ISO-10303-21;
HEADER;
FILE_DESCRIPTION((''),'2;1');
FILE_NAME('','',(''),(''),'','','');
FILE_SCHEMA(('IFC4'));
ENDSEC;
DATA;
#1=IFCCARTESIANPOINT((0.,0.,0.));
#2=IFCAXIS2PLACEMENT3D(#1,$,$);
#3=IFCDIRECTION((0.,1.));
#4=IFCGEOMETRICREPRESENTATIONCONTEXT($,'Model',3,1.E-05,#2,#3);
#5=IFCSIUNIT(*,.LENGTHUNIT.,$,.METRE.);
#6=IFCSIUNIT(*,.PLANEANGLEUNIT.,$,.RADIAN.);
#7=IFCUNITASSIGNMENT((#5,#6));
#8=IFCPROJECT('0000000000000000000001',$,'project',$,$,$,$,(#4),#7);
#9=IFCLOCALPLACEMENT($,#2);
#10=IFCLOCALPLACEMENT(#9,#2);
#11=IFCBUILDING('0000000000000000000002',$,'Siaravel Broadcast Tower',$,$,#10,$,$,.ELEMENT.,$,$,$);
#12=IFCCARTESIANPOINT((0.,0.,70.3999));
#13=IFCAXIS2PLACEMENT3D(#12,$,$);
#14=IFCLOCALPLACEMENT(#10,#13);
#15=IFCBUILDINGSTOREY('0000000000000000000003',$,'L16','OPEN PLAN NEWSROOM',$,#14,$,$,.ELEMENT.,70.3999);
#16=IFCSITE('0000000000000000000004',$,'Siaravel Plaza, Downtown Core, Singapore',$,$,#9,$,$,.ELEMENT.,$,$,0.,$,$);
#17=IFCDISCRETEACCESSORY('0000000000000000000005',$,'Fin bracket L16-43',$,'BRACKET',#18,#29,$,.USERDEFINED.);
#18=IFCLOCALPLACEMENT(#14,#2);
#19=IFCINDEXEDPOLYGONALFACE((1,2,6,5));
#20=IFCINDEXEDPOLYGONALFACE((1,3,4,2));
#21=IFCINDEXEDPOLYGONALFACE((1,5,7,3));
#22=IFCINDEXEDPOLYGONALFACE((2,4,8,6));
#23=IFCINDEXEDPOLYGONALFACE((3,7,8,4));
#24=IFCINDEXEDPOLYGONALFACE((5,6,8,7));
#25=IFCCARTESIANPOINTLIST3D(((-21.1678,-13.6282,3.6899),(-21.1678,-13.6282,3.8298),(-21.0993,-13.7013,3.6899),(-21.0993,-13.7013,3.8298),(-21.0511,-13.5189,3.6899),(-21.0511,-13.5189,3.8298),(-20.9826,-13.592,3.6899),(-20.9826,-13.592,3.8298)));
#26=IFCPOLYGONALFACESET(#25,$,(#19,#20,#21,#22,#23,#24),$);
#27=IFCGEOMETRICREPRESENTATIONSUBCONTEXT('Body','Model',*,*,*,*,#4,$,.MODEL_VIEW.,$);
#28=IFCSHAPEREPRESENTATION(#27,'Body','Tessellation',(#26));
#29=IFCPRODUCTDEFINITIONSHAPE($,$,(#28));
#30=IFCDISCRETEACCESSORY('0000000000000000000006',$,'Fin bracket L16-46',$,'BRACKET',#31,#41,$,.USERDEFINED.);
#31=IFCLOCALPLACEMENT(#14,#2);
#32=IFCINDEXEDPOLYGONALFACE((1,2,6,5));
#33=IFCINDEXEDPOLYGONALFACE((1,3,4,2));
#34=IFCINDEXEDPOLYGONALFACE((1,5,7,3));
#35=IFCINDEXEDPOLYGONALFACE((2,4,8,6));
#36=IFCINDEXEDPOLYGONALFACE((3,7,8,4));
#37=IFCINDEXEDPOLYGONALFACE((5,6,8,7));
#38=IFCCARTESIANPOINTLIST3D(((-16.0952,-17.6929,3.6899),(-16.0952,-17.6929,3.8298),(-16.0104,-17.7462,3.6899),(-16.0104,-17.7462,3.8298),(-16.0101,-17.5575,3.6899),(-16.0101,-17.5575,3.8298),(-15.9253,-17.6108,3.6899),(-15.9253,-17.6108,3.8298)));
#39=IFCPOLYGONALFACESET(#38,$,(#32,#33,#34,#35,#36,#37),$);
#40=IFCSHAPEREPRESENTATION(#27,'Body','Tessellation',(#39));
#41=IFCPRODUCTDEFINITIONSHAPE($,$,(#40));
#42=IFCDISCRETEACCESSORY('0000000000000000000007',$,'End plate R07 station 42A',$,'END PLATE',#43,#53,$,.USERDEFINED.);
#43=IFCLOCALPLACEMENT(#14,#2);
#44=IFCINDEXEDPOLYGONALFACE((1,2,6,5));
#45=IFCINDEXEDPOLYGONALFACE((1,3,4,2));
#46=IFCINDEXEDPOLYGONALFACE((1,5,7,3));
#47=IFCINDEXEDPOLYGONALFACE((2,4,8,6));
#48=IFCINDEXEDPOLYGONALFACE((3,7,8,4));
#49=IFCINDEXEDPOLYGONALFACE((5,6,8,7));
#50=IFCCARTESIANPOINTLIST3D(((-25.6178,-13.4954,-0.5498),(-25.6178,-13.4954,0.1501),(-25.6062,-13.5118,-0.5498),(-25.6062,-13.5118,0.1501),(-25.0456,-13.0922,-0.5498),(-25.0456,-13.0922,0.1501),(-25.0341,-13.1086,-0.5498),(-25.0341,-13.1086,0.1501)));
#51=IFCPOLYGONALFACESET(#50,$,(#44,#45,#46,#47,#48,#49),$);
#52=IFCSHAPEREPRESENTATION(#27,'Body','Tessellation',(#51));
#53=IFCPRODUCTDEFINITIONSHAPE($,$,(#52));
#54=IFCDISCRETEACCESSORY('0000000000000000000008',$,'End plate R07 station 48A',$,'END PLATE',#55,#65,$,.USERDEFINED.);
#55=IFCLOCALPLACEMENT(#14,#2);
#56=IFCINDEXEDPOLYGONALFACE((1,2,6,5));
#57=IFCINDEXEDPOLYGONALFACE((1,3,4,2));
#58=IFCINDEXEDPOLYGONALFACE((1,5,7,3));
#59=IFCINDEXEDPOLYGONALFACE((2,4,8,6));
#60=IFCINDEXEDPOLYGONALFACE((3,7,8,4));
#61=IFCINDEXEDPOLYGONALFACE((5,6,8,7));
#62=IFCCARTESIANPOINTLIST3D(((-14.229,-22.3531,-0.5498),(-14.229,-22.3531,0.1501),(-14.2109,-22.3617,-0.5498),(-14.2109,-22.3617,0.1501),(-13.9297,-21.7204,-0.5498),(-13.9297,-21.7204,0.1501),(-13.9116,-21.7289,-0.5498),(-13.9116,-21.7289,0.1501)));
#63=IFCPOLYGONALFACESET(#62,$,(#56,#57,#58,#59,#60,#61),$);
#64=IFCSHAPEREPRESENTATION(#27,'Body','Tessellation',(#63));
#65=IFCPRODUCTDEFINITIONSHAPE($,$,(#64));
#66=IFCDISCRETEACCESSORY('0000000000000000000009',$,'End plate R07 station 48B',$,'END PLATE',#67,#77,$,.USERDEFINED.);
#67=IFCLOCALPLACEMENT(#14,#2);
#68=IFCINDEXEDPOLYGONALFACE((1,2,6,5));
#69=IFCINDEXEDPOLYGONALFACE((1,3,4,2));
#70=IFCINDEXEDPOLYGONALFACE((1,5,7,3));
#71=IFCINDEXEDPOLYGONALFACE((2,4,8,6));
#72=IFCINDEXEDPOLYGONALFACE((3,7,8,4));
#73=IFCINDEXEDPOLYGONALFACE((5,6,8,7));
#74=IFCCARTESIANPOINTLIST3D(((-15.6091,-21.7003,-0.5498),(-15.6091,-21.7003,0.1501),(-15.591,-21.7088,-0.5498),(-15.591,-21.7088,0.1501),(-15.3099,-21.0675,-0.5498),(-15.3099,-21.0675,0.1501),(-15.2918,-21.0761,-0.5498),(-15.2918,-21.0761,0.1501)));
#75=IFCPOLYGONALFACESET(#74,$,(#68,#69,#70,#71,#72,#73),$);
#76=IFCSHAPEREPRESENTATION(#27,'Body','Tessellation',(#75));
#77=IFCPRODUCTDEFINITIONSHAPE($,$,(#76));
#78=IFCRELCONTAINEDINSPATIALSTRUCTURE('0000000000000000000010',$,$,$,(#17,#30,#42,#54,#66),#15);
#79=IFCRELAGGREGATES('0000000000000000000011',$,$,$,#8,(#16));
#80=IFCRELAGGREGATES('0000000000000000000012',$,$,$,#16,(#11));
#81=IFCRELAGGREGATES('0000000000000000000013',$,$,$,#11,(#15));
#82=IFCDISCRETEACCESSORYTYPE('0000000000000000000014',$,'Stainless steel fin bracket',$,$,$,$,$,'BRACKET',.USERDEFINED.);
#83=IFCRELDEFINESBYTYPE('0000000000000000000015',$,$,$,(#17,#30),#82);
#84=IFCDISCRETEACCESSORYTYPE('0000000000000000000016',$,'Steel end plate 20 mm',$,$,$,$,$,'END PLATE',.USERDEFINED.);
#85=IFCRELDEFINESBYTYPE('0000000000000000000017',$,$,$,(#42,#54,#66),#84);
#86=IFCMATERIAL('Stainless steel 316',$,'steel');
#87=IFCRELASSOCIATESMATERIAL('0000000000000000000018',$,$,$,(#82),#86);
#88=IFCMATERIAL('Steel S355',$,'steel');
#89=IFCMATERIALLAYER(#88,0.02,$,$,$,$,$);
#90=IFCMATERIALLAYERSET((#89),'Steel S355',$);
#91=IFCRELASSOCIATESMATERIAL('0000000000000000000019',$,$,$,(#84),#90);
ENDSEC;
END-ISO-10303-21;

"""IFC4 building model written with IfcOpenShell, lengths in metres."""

from ifc_helpers import new_model, si_unit, direction, frame, origin, origin_2d, place, context, subcontext, project, spatial, rectangle, extrude, material, layer, layer_set, type_object, element, save


model = new_model("IFC4")

# Units and contexts
model_context = context("Model", 3, precision=1e-05, world=origin(), true_north=direction((0.0, 1.0)))
body_context = subcontext(model_context, "Body", "Model", "MODEL_VIEW")
ifc_project = project(units=[si_unit("LENGTHUNIT", "METRE"), si_unit("PLANEANGLEUNIT", "RADIAN")], contexts=[model_context])

# Site, building, storey
site_placement = place(None, origin())
site = spatial("IfcSite", under=ifc_project, at=site_placement, Name="Siaravel Plaza, Downtown Core, Singapore", CompositionType="ELEMENT", RefElevation=0.0)
building_placement = place(site_placement, origin())
building = spatial("IfcBuilding", under=site, at=building_placement, Name="Siaravel Broadcast Tower", CompositionType="ELEMENT")
storey_placement = place(building_placement, frame((0.0, 0.0, 70.3999)))
storey = spatial("IfcBuildingStorey", under=building, at=storey_placement, Name="L16", Description="OPEN PLAN NEWSROOM", CompositionType="ELEMENT", Elevation=70.3999)

# Shared definitions
ifc_material_1 = material(Name="Steel S355", Category="steel")

# Discrete accessories
ifc_material_2 = material(Name="Stainless steel 316", Category="steel")
discrete_accessory_type_1 = type_object("IfcDiscreteAccessoryType", Name="Stainless steel fin bracket", ElementType="BRACKET", PredefinedType="USERDEFINED", material=ifc_material_2)
for number, where, z_axis, x_axis, name in (
    (1, (-21.0752, -13.6101, 3.6899), (0.0, 0.0, 1.0), (-0.729806, -0.683655, 0.0), "Fin bracket L16-43"),
    (2, (-16.0103, -17.6519, 3.6899), (0.0, 0.0, 1.0), (-0.532149, -0.84665, 0.0), "Fin bracket L16-46"),
):
    element("IfcDiscreteAccessory", number, at=place(storey_placement, frame(where, z_axis=z_axis, x_axis=x_axis)), inside=storey, type_object=discrete_accessory_type_1, Name=name, ObjectType="BRACKET", PredefinedType="USERDEFINED", context=body_context, shape_type="SweptSolid", body=[
        extrude(rectangle(XDim=0.1599, YDim=0.1001, at=origin_2d()), origin(), (0.0, 0.0, 1.0), 0.1399),
    ])
ifc_layer_1 = layer(ifc_material_1, 0.02)
ifc_layer_set_1 = layer_set([ifc_layer_1], Name="Steel S355")
discrete_accessory_type_2 = type_object("IfcDiscreteAccessoryType", Name="Steel end plate 20 mm", ElementType="END PLATE", PredefinedType="USERDEFINED", material=ifc_layer_set_1)
for number, where, z_axis, x_axis, name in (
    (3, (-25.3259, -13.302, -0.5498), (0.0, 0.0, 1.0), (0.57612, -0.817365, 0.0), "End plate R07 station 42A"),
    (4, (-14.0703, -22.041, -0.5498), (0.0, 0.0, 1.0), (0.904007, -0.427517, 0.0), "End plate R07 station 48A"),
    (5, (-15.4504, -21.3882, -0.5498), (0.0, 0.0, 1.0), (0.904007, -0.427517, 0.0), "End plate R07 station 48B"),
):
    element("IfcDiscreteAccessory", number, at=place(storey_placement, frame(where, z_axis=z_axis, x_axis=x_axis)), inside=storey, type_object=discrete_accessory_type_2, Name=name, ObjectType="END PLATE", PredefinedType="USERDEFINED", context=body_context, shape_type="SweptSolid", body=[
        extrude(rectangle(XDim=0.02, YDim=0.7, at=origin_2d()), origin(), (0.0, 0.0, 1.0), 0.7),
    ])

save(model, "model.ifc")
